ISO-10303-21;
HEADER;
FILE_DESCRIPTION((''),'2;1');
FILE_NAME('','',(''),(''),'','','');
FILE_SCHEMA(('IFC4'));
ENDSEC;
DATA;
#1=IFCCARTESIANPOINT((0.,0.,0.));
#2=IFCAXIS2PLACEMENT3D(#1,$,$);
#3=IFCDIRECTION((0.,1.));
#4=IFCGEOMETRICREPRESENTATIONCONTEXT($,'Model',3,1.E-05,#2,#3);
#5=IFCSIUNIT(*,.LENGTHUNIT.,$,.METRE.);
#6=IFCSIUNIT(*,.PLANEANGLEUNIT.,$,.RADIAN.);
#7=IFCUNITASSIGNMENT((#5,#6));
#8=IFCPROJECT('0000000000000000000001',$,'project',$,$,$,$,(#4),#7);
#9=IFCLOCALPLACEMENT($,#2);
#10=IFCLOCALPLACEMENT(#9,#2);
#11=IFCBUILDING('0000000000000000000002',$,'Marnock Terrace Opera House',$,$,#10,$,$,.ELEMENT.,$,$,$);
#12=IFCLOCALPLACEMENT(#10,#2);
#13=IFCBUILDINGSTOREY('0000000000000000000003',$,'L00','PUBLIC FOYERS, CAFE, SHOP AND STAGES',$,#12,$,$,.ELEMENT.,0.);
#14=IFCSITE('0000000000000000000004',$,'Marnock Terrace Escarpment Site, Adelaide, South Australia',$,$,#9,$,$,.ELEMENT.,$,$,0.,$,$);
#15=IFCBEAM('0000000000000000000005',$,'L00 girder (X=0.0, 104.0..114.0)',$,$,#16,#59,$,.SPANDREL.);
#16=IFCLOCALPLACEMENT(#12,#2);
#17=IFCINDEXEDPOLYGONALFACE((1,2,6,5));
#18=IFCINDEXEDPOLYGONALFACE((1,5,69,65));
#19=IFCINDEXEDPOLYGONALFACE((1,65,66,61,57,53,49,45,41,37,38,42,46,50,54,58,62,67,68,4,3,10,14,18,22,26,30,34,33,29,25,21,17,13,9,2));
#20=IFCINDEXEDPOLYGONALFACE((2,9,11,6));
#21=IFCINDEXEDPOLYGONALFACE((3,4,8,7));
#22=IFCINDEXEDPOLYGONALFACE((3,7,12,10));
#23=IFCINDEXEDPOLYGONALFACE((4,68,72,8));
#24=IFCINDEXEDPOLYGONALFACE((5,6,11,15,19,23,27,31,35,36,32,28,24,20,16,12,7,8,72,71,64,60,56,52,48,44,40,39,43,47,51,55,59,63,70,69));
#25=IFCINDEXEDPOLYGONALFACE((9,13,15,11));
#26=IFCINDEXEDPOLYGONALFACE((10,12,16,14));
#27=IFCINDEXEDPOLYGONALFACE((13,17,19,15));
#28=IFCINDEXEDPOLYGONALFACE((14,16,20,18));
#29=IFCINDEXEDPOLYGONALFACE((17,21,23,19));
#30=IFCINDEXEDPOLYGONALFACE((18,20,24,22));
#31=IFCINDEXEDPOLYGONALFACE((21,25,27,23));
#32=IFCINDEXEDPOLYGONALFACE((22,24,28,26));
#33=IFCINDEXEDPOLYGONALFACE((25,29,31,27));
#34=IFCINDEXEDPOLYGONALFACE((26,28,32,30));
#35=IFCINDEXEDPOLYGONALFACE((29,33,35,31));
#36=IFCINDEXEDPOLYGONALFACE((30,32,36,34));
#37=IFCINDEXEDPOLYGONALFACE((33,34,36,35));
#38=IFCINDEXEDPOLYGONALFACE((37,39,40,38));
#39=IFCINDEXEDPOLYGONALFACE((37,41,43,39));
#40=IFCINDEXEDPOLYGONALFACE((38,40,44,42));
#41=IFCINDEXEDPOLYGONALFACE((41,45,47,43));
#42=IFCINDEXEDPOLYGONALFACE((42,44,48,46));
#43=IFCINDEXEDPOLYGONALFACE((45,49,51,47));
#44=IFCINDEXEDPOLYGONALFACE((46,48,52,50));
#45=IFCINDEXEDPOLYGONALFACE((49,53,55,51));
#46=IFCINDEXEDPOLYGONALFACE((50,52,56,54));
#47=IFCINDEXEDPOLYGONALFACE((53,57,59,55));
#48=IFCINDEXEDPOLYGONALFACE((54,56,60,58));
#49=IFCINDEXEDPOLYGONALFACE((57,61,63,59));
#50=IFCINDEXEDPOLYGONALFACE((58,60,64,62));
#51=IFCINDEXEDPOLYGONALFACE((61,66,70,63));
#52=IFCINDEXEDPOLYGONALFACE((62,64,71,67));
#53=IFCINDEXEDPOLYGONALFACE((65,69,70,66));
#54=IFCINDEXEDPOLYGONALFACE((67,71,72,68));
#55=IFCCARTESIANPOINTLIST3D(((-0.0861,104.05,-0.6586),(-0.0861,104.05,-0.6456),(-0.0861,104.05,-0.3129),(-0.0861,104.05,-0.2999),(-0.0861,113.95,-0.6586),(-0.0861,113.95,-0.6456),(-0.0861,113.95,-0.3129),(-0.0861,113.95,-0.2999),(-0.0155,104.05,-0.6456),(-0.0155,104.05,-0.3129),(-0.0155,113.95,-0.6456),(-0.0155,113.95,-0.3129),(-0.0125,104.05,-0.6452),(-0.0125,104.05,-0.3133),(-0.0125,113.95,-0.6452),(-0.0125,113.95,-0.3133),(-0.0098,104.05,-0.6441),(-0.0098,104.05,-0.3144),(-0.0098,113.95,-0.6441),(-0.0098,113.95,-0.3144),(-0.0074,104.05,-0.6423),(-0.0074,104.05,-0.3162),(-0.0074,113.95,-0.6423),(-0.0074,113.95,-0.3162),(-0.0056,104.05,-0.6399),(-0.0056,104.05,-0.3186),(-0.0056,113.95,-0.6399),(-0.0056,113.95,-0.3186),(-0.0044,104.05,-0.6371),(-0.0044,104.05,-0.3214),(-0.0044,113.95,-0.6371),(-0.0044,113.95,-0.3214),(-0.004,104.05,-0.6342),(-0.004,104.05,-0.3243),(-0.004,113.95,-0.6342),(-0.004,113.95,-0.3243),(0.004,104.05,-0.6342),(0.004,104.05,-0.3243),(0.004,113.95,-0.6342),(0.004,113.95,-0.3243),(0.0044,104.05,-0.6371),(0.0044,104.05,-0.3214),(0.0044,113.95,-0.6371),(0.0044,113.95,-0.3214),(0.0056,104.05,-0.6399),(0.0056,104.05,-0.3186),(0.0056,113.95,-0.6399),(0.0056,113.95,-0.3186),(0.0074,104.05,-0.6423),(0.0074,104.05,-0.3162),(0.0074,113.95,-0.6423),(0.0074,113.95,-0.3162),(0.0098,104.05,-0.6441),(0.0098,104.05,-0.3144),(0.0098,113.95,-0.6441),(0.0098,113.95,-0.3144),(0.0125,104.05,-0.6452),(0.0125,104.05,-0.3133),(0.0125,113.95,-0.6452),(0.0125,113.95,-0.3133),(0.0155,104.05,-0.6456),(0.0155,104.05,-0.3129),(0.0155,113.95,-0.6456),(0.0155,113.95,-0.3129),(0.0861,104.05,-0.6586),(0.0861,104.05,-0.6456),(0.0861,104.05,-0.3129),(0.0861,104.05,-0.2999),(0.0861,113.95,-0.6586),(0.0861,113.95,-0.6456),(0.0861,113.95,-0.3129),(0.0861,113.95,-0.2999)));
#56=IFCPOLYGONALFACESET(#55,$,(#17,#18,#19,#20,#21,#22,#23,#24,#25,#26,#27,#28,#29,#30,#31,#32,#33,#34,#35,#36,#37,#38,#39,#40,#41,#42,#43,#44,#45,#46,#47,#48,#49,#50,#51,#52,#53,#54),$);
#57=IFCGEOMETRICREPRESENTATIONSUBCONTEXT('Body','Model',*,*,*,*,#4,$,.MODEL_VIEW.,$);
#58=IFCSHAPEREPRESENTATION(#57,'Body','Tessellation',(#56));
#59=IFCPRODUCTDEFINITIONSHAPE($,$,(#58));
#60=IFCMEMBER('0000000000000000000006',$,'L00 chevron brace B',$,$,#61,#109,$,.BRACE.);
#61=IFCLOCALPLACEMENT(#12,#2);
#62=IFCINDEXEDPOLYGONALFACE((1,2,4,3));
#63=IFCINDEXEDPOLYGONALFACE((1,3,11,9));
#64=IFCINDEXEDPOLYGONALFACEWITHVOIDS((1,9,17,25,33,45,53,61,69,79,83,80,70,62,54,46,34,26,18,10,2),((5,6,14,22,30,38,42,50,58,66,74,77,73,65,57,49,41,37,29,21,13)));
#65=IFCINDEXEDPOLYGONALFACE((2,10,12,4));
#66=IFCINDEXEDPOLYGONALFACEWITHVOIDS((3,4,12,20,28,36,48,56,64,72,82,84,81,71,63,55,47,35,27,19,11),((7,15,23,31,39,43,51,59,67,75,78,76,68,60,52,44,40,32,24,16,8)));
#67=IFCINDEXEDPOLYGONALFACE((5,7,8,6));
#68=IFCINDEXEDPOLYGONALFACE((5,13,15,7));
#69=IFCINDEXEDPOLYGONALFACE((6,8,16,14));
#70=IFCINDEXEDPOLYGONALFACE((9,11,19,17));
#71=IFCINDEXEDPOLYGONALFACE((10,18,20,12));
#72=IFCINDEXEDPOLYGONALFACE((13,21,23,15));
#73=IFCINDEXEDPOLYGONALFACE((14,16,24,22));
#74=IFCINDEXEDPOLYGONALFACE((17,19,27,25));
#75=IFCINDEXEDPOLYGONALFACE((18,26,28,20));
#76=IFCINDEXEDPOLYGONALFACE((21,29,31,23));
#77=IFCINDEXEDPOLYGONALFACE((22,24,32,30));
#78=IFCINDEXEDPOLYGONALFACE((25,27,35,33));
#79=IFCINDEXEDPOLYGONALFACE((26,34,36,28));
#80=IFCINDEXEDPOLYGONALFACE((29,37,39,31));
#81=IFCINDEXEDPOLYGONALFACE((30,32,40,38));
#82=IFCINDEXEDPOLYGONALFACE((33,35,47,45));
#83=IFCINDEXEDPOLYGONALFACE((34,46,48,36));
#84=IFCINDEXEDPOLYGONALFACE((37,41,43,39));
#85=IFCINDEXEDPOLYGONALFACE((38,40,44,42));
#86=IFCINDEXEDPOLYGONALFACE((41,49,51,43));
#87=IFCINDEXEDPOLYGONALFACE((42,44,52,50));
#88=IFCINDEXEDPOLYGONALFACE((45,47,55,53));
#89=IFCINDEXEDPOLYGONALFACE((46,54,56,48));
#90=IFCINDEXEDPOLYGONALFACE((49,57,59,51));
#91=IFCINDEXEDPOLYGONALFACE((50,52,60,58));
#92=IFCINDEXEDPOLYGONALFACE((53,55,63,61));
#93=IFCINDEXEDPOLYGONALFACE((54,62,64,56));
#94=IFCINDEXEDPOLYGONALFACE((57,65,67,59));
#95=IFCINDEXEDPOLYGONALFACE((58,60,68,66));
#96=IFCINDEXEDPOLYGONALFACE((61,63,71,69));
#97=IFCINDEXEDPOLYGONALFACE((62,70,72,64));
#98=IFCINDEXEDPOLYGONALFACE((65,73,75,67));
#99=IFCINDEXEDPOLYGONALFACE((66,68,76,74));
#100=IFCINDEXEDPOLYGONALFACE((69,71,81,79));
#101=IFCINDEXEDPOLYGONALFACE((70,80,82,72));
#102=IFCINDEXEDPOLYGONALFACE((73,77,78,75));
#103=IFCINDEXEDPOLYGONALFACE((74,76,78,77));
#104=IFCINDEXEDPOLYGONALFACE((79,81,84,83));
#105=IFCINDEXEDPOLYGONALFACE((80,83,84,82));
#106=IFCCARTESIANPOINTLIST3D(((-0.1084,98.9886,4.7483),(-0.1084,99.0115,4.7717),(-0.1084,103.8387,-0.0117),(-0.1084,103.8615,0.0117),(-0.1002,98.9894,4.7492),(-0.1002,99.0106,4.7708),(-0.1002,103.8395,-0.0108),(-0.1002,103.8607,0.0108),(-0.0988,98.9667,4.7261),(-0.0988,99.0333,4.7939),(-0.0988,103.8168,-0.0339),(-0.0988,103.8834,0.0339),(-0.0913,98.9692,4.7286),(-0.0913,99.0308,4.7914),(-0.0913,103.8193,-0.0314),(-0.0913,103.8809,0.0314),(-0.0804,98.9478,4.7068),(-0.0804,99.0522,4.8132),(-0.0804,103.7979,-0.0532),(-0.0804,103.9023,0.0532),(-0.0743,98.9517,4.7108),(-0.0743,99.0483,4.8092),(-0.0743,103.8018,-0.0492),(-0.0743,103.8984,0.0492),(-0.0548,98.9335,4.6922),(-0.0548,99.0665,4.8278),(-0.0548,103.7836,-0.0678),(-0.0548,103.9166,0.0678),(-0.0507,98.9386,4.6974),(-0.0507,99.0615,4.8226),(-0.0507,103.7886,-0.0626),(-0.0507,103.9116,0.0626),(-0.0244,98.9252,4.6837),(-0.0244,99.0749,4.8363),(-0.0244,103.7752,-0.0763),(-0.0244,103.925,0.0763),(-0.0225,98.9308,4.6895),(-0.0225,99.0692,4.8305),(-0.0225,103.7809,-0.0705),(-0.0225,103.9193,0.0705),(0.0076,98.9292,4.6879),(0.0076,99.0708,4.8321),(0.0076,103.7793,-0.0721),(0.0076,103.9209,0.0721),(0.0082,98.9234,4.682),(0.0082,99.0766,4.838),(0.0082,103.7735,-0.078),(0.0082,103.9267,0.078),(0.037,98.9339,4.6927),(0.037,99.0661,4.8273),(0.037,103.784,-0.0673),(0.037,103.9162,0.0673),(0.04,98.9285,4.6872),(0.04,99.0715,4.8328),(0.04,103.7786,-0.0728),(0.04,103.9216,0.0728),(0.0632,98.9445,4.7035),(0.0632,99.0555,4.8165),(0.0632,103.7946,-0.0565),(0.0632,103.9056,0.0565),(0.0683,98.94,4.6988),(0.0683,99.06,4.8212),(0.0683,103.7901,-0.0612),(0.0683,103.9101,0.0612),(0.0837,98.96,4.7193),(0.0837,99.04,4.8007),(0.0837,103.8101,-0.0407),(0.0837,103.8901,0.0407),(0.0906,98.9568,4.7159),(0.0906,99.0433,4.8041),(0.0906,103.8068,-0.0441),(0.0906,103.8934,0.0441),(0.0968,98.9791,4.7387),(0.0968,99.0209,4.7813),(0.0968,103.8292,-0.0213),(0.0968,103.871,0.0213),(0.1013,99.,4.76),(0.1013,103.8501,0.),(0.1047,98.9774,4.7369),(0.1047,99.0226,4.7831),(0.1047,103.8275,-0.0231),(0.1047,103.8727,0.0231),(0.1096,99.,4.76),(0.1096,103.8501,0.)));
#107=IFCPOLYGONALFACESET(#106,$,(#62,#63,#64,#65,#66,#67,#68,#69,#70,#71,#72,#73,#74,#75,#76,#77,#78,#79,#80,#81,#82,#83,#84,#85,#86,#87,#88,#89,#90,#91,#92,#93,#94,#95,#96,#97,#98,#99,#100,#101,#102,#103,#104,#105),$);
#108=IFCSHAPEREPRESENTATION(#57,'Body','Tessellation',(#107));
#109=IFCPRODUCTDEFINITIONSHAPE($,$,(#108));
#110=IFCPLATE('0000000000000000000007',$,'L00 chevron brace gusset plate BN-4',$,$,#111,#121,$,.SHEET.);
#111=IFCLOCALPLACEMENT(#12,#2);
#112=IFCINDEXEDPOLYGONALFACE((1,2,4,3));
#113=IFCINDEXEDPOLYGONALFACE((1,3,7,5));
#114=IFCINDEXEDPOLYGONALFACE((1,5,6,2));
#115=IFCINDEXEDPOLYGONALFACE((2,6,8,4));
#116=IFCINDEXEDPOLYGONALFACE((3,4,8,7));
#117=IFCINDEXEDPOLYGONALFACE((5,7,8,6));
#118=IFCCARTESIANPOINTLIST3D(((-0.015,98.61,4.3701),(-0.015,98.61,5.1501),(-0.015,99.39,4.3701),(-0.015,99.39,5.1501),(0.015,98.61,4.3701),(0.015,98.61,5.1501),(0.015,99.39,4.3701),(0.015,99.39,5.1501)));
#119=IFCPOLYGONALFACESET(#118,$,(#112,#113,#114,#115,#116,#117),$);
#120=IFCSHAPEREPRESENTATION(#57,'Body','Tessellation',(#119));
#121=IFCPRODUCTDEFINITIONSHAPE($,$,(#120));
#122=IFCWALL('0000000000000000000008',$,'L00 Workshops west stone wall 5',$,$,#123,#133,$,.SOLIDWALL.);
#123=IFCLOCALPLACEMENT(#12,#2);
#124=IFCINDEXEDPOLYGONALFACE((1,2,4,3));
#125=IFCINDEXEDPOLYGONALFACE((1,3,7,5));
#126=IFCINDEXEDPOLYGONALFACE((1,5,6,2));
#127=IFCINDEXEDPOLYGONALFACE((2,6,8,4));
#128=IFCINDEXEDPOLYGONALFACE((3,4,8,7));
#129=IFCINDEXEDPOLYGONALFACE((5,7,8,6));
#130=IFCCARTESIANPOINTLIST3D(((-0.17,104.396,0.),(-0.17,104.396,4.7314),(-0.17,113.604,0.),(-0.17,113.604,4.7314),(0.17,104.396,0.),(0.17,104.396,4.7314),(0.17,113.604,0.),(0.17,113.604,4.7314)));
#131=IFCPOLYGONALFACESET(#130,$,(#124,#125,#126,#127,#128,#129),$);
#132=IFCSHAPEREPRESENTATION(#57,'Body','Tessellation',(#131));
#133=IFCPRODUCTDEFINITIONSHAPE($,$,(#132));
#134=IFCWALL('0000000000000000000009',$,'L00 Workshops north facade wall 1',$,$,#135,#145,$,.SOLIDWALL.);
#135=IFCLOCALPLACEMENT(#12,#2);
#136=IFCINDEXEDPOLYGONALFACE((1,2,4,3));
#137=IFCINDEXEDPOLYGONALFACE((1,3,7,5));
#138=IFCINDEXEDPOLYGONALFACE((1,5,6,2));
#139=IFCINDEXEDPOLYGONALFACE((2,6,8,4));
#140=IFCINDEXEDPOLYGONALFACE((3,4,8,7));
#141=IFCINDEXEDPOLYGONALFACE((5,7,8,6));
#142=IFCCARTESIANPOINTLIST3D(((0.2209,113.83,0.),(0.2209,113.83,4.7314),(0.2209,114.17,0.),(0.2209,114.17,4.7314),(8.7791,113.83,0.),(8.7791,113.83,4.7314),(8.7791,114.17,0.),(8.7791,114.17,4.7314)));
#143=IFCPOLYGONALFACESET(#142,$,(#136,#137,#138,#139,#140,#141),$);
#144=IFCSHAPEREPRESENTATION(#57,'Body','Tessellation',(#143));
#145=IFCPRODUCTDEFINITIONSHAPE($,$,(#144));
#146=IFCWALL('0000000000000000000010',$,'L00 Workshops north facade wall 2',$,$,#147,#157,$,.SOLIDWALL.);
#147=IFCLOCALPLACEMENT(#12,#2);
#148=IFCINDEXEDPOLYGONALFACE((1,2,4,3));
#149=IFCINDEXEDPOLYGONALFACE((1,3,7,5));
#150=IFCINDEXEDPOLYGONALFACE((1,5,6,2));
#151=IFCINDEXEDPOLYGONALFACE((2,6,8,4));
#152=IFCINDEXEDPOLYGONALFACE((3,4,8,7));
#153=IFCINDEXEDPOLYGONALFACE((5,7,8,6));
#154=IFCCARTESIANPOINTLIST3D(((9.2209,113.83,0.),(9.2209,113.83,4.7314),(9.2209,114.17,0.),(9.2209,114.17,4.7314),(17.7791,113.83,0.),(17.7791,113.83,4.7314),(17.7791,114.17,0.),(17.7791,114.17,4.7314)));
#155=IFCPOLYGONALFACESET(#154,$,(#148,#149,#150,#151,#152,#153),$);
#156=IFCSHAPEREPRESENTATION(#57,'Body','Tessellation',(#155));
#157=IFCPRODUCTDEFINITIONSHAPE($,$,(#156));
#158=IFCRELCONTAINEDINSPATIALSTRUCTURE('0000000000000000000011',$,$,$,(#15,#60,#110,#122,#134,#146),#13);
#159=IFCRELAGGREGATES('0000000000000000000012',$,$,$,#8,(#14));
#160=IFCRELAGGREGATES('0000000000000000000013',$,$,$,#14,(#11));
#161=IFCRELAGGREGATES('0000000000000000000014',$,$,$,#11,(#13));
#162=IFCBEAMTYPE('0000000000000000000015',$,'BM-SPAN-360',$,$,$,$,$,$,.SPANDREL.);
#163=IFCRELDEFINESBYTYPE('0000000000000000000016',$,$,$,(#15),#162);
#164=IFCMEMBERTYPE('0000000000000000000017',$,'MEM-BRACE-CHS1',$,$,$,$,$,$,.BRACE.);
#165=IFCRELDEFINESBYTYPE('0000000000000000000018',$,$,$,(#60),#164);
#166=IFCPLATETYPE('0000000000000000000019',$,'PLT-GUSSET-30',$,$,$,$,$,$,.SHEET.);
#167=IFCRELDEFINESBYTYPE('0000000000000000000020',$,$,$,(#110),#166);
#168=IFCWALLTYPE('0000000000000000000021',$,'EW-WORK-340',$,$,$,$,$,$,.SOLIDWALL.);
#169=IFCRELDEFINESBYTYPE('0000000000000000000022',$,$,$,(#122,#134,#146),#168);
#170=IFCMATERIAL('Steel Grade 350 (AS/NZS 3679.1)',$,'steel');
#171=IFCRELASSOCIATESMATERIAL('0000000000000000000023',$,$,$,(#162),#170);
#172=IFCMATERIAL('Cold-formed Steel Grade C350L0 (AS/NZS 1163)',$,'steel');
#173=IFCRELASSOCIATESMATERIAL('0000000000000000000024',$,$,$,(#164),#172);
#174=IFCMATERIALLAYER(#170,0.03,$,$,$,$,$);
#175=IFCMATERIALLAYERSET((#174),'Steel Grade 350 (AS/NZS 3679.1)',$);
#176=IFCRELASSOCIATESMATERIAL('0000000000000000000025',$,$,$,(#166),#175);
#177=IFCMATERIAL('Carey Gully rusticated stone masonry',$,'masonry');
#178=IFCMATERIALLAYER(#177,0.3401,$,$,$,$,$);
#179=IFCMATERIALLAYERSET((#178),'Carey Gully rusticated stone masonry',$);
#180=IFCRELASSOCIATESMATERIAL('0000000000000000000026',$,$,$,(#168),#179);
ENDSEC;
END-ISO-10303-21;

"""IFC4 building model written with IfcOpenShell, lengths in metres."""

from ifc_helpers import new_model, si_unit, direction, frame, frame_2d, origin, origin_2d, place, context, subcontext, project, spatial, rectangle, hollow_circle, i_section, extrude, material, layer, layer_set, material_profile, profile_set, type_object, element, save


model = new_model("IFC4")

# Units and contexts
model_context = context("Model", 3, precision=1e-05, world=origin(), true_north=direction((0.0, 1.0)))
body_context = subcontext(model_context, "Body", "Model", "MODEL_VIEW")
ifc_project = project(units=[si_unit("LENGTHUNIT", "METRE"), si_unit("PLANEANGLEUNIT", "RADIAN")], contexts=[model_context])

# Site, building, storey
site_placement = place(None, origin())
site = spatial("IfcSite", under=ifc_project, at=site_placement, Name="Marnock Terrace Escarpment Site, Adelaide, South Australia", CompositionType="ELEMENT", RefElevation=0.0)
building_placement = place(site_placement, origin())
building = spatial("IfcBuilding", under=site, at=building_placement, Name="Marnock Terrace Opera House", CompositionType="ELEMENT")
storey_placement = place(building_placement, origin())
storey = spatial("IfcBuildingStorey", under=building, at=storey_placement, Name="L00", Description="PUBLIC FOYERS, CAFE, SHOP AND STAGES", CompositionType="ELEMENT", Elevation=0.0)

# Beam
ifc_material_1 = material(Name="Steel Grade 350 (AS/NZS 3679.1)", Category="steel")
ifc_material_profile_1 = material_profile(ifc_material_1, i_section(OverallWidth=0.1721, OverallDepth=0.3586, WebThickness=0.0081, FlangeThickness=0.0129, FilletRadius=0.0115, at=origin_2d()))
ifc_profile_set_1 = profile_set([ifc_material_profile_1], Name="Steel Grade 350 (AS/NZS 3679.1)")
beam_type_1 = type_object("IfcBeamType", Name="BM-SPAN-360", PredefinedType="SPANDREL", material=ifc_profile_set_1)
beam_1_placement = place(storey_placement, frame((0.0, 104.05, -0.4792), z_axis=(0.0, 1.0, 0.0), x_axis=(-1.0, 0.0, 0.0)))
element("IfcBeam", 1, at=beam_1_placement, inside=storey, type_object=beam_type_1, Name="L00 girder (X=0.0, 104.0..114.0)", PredefinedType="SPANDREL", context=body_context, shape_type="SweptSolid", body=[
    extrude(i_section(OverallWidth=0.1721, OverallDepth=0.3586, WebThickness=0.0081, FlangeThickness=0.0129, FilletRadius=0.0115, at=origin_2d()), origin(), (0.0, 0.0, 1.0), 9.8999),
])

# Member
ifc_material_2 = material(Name="Cold-formed Steel Grade C350L0 (AS/NZS 1163)", Category="steel")
ifc_material_profile_2 = material_profile(ifc_material_2, hollow_circle(Radius=0.1096, WallThickness=0.0083, at=origin_2d()))
ifc_profile_set_2 = profile_set([ifc_material_profile_2], Name="Cold-formed Steel Grade C350L0 (AS/NZS 1163)")
member_type = type_object("IfcMemberType", Name="MEM-BRACE-CHS1", PredefinedType="BRACE", material=ifc_profile_set_2)
member_placement = place(storey_placement, frame((0.0, 103.8501, 0.0), z_axis=(0.0, -0.713704, 0.700447), x_axis=(1.0, 0.0, 0.0)))
element("IfcMember", 2, at=member_placement, inside=storey, type_object=member_type, Name="L00 chevron brace B", PredefinedType="BRACE", context=body_context, shape_type="SweptSolid", body=[
    extrude(hollow_circle(Radius=0.1096, WallThickness=0.0083, at=origin_2d()), origin(), (0.0, 0.0, 1.0), 6.7957),
])

# Plate
ifc_layer_1 = layer(ifc_material_1, 0.03)
ifc_layer_set_1 = layer_set([ifc_layer_1], Name="Steel Grade 350 (AS/NZS 3679.1)")
plate_type = type_object("IfcPlateType", Name="PLT-GUSSET-30", PredefinedType="SHEET", material=ifc_layer_set_1)
plate_placement = place(storey_placement, frame((0.0, 99.0, 4.3701), z_axis=(0.0, 0.0, 1.0), x_axis=(0.0, 1.0, 0.0)))
element("IfcPlate", 3, at=plate_placement, inside=storey, type_object=plate_type, Name="L00 chevron brace gusset plate BN-4", PredefinedType="SHEET", context=body_context, shape_type="SweptSolid", body=[
    extrude(rectangle(XDim=0.78, YDim=0.03, at=origin_2d()), origin(), (0.0, 0.0, 1.0), 0.78),
])

# Walls
ifc_material_3 = material(Name="Carey Gully rusticated stone masonry", Category="masonry")
ifc_layer_2 = layer(ifc_material_3, 0.3401)
ifc_layer_set_2 = layer_set([ifc_layer_2], Name="Carey Gully rusticated stone masonry")
wall_type = type_object("IfcWallType", Name="EW-WORK-340", PredefinedType="SOLIDWALL", material=ifc_layer_set_2)
wall_placement = place(storey_placement, frame((0.0, 104.396, 0.0), z_axis=(0.0, 0.0, 1.0), x_axis=(0.0, 1.0, 0.0)))
element("IfcWall", 4, at=wall_placement, inside=storey, type_object=wall_type, Name="L00 Workshops west stone wall 5", PredefinedType="SOLIDWALL", context=body_context, shape_type="SweptSolid", body=[
    extrude(rectangle(XDim=9.208, YDim=0.3401, at=frame_2d((4.604, 0.0))), origin(), (0.0, 0.0, 1.0), 4.7314),
])
for number, where, z_axis, x_axis, name in (
    (5, (0.2209, 114.0, 0.0), (0.0, 0.0, 1.0), (1.0, 0.0, 0.0), "L00 Workshops north facade wall 1"),
    (6, (9.2209, 114.0, 0.0), (0.0, 0.0, 1.0), (1.0, 0.0, 0.0), "L00 Workshops north facade wall 2"),
):
    element("IfcWall", number, at=place(storey_placement, frame(where, z_axis=z_axis, x_axis=x_axis)), inside=storey, type_object=wall_type, Name=name, PredefinedType="SOLIDWALL", context=body_context, shape_type="SweptSolid", body=[
        extrude(rectangle(XDim=8.5581, YDim=0.3401, at=frame_2d((4.2791, 0.0))), origin(), (0.0, 0.0, 1.0), 4.7314),
    ])

save(model, "model.ifc")
